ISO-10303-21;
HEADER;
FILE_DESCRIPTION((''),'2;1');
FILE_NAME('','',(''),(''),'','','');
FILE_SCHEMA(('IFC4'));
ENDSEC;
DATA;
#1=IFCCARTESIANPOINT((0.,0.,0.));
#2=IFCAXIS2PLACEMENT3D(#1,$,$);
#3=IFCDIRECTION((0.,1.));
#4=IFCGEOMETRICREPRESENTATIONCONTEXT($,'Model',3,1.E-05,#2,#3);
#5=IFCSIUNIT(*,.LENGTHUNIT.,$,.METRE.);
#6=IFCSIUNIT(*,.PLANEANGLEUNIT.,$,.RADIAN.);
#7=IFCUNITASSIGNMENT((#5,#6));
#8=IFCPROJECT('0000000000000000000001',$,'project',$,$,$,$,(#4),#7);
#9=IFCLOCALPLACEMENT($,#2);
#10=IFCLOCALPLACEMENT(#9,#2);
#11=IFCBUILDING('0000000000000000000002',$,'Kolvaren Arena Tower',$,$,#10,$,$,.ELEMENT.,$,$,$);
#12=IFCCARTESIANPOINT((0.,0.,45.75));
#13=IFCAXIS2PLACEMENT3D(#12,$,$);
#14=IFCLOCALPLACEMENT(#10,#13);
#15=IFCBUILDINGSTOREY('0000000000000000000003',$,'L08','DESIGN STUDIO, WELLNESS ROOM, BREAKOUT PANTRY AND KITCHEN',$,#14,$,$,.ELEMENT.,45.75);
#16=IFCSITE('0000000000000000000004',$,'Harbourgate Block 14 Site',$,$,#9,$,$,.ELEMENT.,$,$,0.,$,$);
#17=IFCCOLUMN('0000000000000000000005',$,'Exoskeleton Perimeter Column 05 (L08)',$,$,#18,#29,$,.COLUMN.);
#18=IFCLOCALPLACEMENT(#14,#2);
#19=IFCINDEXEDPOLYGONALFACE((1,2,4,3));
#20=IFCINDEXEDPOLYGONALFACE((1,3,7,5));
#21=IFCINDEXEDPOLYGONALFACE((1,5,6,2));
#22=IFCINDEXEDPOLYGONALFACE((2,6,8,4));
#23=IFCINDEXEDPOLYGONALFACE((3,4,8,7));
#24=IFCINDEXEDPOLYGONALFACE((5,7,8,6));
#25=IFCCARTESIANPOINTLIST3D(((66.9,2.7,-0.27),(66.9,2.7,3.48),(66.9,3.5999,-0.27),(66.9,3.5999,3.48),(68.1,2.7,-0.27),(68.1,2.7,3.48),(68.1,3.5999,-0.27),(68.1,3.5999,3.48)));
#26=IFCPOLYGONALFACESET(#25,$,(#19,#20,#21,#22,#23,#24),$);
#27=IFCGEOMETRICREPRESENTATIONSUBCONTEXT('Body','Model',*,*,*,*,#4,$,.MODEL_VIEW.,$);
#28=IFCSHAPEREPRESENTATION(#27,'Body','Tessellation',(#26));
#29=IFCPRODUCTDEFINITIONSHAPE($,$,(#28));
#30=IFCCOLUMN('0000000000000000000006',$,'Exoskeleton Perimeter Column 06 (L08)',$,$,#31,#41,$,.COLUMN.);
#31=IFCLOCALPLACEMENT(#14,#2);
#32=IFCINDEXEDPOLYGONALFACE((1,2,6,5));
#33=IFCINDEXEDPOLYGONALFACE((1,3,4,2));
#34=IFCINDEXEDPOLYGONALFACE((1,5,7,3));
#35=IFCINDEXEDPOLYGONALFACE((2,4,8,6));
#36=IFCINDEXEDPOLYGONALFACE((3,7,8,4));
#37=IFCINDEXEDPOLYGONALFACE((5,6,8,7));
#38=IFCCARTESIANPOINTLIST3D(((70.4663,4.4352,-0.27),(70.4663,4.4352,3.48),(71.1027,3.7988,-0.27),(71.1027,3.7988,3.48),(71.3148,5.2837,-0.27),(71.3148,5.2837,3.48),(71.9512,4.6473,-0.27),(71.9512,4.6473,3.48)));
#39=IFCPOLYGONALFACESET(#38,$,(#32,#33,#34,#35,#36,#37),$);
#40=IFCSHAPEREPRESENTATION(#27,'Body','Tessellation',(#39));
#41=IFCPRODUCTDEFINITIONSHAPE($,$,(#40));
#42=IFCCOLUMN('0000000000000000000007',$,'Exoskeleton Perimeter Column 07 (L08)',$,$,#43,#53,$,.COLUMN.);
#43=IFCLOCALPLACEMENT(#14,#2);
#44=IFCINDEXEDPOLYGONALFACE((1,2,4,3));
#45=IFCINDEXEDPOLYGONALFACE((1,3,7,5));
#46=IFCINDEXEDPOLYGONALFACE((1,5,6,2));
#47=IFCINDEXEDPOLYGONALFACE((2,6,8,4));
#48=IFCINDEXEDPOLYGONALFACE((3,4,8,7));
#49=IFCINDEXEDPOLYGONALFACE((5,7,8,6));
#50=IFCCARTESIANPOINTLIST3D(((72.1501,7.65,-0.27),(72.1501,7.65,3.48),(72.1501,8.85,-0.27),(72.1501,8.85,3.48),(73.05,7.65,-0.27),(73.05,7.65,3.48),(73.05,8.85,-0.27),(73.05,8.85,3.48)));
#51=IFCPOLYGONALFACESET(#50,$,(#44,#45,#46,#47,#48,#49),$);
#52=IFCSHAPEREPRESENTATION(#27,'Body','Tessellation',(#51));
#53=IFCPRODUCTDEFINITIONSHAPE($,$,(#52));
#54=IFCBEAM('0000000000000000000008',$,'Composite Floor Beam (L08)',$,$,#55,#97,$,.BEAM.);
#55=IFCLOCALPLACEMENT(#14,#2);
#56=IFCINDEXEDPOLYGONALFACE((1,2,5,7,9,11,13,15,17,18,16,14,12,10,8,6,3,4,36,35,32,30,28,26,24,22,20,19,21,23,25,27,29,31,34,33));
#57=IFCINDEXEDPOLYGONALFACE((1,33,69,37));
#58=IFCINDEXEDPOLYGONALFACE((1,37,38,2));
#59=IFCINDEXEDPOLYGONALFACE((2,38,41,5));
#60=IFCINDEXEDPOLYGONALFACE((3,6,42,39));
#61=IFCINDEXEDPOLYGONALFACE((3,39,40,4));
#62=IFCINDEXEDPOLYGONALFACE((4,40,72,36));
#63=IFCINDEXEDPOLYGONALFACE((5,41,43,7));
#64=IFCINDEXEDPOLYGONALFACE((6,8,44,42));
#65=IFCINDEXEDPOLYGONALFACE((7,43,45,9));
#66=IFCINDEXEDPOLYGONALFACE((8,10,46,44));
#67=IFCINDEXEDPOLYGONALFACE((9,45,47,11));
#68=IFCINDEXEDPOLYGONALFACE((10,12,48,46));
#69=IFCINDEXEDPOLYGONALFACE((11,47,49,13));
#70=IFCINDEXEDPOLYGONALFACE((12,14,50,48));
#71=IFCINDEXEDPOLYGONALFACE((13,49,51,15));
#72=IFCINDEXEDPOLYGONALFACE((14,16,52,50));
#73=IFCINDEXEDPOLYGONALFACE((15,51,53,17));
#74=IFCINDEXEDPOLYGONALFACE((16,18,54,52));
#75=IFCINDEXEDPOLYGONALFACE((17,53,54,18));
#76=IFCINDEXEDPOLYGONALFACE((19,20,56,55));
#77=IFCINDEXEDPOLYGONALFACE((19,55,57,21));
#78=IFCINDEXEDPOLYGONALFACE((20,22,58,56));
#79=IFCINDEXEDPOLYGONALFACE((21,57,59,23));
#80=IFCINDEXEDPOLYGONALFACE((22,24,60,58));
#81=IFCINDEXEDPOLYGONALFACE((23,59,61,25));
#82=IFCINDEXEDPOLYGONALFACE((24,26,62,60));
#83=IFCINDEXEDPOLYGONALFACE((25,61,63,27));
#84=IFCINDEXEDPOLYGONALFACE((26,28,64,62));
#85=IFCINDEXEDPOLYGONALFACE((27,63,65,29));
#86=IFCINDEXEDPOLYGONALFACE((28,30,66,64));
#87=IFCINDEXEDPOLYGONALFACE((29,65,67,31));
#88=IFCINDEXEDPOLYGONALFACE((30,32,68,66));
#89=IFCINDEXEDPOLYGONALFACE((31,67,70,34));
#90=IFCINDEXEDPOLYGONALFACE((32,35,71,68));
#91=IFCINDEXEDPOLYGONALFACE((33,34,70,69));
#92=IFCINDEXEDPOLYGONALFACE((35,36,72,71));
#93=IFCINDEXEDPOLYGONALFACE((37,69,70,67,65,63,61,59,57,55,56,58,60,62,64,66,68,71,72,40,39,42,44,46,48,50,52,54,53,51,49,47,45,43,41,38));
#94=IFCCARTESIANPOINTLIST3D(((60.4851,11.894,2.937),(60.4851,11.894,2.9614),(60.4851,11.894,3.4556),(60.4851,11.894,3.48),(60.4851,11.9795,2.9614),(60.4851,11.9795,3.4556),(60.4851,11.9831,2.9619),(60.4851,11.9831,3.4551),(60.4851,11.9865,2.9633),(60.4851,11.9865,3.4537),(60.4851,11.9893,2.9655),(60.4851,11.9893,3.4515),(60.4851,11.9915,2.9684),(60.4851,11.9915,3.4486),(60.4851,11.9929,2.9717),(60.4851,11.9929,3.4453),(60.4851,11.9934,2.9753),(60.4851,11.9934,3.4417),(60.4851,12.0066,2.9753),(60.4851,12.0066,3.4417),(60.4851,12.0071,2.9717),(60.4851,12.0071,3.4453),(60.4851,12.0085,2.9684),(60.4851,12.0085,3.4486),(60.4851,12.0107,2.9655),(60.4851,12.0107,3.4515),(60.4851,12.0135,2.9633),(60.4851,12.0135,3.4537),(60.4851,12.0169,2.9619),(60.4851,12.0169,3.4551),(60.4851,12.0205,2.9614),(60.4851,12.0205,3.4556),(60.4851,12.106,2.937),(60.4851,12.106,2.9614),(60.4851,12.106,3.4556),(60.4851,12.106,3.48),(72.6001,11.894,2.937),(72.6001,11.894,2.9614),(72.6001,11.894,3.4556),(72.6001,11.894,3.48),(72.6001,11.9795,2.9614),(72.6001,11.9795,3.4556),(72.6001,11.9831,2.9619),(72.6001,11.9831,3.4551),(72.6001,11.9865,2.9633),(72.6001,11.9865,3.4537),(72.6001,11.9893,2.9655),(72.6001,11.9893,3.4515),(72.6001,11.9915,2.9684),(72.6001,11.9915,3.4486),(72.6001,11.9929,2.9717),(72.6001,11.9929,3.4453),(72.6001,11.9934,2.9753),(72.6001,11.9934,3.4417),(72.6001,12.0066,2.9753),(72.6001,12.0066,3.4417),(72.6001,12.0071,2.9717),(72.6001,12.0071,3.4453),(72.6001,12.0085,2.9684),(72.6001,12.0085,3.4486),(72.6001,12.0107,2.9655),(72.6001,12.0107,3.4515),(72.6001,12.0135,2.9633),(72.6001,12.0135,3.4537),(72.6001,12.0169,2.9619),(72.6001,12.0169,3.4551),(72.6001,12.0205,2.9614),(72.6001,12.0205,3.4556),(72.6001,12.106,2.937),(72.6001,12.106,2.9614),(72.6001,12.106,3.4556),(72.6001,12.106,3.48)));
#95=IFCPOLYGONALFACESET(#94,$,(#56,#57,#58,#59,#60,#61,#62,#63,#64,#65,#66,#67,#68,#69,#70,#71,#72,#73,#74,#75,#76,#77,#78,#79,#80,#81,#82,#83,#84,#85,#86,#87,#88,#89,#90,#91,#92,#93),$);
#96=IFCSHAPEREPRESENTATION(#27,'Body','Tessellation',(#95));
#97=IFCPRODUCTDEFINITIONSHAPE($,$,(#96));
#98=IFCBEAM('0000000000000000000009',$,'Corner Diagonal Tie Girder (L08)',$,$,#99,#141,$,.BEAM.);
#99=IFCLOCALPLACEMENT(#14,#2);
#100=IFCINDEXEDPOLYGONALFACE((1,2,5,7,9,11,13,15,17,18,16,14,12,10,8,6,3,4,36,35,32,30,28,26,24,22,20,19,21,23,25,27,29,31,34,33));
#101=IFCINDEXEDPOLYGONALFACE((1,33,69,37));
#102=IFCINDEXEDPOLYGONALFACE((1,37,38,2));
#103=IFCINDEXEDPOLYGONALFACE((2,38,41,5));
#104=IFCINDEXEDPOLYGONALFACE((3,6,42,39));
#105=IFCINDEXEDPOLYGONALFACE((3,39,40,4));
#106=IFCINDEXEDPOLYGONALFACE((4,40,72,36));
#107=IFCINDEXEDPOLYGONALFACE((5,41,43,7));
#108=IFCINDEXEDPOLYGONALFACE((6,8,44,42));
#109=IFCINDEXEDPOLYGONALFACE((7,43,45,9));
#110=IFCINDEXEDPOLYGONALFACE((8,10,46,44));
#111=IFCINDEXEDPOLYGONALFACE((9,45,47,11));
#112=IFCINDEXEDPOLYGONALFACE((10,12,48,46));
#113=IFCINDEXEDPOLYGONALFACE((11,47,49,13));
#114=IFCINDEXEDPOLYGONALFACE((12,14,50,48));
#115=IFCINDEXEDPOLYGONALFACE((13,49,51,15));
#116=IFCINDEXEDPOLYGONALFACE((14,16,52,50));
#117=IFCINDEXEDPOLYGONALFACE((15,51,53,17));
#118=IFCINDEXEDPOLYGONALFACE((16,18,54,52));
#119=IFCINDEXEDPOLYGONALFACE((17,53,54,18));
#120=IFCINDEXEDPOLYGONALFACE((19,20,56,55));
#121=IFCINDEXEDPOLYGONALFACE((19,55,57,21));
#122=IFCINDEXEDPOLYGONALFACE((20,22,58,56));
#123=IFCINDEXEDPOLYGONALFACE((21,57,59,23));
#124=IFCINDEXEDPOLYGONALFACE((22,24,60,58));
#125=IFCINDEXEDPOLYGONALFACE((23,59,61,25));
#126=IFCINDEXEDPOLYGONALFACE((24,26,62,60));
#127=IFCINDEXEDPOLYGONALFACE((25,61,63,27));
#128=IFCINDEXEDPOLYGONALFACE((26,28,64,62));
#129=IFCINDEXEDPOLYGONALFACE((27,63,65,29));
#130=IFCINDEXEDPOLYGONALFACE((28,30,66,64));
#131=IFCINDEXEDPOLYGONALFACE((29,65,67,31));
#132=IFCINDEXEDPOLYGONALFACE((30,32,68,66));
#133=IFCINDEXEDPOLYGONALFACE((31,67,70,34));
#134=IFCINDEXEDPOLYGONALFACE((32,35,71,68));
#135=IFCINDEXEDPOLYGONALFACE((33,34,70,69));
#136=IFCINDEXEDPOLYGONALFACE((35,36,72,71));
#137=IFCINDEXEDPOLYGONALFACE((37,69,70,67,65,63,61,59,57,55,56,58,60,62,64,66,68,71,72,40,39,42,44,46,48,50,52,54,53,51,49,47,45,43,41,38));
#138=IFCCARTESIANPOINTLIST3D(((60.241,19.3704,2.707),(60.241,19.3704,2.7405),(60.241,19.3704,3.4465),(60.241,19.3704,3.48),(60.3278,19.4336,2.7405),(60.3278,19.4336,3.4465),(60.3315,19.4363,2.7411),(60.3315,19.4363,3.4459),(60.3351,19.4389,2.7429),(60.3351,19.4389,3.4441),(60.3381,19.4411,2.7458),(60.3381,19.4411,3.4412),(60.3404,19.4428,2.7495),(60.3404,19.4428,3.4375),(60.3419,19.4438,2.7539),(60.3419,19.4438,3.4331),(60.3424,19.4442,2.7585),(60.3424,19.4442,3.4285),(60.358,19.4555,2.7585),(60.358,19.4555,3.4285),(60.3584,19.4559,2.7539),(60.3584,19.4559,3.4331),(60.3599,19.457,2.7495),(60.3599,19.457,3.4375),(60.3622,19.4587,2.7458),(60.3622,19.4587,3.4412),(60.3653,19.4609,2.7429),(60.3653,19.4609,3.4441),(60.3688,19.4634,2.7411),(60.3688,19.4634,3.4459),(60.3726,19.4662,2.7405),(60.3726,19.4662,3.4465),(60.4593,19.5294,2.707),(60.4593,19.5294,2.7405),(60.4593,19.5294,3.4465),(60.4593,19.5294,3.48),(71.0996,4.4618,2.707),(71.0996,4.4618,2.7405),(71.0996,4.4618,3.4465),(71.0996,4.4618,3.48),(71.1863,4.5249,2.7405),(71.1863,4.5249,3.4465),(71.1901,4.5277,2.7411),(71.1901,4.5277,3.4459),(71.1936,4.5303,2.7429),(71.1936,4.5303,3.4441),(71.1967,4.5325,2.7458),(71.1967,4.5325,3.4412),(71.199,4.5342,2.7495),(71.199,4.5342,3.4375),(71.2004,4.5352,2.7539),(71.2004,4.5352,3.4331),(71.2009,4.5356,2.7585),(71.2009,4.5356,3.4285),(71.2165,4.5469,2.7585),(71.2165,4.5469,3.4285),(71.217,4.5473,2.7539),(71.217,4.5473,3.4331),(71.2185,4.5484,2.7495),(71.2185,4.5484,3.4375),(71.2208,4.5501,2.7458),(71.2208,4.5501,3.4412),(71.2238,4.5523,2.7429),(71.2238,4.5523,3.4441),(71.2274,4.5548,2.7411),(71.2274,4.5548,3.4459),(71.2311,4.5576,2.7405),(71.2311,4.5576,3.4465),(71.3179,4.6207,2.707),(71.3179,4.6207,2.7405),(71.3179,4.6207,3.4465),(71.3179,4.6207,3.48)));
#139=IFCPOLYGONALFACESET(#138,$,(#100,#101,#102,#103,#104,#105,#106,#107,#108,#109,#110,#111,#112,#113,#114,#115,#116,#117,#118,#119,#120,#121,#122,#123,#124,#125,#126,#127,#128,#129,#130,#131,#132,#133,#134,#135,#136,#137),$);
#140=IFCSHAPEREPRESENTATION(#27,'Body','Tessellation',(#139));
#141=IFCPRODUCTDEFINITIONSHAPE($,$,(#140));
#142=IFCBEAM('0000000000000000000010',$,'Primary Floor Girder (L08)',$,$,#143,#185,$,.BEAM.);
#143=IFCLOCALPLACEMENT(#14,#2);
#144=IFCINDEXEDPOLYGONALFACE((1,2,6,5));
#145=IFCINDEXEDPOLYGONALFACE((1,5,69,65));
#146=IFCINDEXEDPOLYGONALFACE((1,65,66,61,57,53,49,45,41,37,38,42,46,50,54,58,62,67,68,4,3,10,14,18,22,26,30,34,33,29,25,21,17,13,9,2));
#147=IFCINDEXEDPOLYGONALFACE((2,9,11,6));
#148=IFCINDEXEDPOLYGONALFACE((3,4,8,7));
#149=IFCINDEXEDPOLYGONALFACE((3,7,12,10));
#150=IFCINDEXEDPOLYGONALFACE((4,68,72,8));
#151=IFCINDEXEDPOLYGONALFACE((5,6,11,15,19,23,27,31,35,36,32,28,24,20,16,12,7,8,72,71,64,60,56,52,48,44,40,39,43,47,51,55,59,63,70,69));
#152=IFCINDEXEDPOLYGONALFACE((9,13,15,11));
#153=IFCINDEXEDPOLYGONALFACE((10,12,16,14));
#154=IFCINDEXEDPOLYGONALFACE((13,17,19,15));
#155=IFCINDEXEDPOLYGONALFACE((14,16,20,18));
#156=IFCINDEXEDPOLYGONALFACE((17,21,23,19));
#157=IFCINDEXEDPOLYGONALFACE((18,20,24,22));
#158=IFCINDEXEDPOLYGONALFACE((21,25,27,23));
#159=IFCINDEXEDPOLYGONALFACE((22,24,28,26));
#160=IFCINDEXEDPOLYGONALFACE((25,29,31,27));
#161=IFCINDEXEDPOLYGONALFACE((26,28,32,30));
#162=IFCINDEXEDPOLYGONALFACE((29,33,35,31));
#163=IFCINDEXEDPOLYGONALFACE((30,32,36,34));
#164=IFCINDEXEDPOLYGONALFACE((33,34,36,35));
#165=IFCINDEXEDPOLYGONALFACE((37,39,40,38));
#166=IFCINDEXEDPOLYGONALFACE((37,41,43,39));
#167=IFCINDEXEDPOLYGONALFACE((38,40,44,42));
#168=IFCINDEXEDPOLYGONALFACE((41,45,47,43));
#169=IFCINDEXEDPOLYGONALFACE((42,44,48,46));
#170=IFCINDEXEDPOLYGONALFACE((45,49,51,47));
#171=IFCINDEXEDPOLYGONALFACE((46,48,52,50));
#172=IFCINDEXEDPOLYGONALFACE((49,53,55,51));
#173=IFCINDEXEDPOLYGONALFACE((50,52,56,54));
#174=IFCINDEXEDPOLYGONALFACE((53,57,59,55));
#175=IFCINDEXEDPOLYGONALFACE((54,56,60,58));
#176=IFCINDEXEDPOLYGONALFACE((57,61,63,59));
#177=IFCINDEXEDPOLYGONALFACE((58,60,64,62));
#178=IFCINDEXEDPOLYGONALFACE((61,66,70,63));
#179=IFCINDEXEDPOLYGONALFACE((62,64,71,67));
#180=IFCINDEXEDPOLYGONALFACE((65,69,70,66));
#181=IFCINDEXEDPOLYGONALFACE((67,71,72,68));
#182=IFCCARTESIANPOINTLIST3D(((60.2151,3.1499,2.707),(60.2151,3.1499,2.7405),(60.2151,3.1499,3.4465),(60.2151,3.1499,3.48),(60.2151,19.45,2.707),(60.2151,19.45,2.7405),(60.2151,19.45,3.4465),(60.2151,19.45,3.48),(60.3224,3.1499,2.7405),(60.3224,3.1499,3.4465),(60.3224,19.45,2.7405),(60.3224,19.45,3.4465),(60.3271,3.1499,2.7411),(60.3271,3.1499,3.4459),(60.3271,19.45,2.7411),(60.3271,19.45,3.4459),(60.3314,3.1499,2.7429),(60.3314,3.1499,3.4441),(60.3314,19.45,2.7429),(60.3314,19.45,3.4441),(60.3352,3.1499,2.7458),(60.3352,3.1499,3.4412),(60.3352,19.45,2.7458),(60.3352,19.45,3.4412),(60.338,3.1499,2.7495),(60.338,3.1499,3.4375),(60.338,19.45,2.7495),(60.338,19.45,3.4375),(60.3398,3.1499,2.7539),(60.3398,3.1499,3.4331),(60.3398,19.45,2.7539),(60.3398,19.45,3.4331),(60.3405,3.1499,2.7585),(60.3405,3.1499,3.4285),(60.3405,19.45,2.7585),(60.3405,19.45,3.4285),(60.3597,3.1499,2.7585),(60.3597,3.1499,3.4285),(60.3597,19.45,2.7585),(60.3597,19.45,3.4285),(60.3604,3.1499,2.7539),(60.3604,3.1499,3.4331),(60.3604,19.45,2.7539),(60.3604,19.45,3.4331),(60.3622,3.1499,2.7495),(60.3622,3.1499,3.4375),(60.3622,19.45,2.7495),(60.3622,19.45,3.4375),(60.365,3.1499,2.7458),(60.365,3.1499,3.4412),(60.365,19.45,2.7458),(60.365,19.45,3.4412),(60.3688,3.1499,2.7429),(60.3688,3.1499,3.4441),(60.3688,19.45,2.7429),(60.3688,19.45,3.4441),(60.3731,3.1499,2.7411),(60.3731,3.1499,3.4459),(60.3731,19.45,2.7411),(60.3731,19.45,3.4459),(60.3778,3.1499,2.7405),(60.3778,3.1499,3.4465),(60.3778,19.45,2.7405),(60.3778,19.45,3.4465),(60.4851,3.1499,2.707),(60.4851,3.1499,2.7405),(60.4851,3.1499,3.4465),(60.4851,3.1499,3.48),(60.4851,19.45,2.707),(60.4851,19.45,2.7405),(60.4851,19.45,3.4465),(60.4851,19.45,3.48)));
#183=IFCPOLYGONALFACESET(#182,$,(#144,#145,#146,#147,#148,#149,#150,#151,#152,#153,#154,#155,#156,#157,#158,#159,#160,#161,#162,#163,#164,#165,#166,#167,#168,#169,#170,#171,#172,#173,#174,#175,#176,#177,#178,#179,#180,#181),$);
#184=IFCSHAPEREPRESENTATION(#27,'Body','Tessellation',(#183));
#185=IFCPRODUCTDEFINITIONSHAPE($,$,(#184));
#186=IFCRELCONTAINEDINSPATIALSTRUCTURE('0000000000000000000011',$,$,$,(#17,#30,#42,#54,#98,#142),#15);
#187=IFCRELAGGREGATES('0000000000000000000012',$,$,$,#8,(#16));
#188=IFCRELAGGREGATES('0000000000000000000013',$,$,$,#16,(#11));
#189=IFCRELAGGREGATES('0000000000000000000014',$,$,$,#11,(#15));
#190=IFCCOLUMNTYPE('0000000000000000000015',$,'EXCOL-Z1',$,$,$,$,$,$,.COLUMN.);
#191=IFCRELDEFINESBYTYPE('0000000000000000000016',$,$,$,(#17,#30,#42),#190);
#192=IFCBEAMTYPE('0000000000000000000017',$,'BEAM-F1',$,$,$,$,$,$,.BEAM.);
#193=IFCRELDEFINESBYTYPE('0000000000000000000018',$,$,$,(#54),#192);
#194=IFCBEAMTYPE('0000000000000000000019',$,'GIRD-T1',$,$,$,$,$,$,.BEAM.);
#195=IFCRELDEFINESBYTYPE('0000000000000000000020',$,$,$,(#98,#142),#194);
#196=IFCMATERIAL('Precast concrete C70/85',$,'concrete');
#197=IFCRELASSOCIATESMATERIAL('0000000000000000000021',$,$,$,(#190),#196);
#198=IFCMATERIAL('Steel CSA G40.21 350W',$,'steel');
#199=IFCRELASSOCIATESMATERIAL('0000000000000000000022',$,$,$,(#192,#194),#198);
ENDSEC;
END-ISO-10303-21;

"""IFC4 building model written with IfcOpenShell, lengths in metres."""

from ifc_helpers import new_model, si_unit, direction, frame, origin, origin_2d, place, context, subcontext, project, spatial, rectangle, i_section, extrude, material, material_profile, profile_set, type_object, element, save


model = new_model("IFC4")

# Units and contexts
model_context = context("Model", 3, precision=1e-05, world=origin(), true_north=direction((0.0, 1.0)))
body_context = subcontext(model_context, "Body", "Model", "MODEL_VIEW")
ifc_project = project(units=[si_unit("LENGTHUNIT", "METRE"), si_unit("PLANEANGLEUNIT", "RADIAN")], contexts=[model_context])

# Site, building, storey
site_placement = place(None, origin())
site = spatial("IfcSite", under=ifc_project, at=site_placement, Name="Harbourgate Block 14 Site", CompositionType="ELEMENT", RefElevation=0.0)
building_placement = place(site_placement, origin())
building = spatial("IfcBuilding", under=site, at=building_placement, Name="Kolvaren Arena Tower", CompositionType="ELEMENT")
storey_placement = place(building_placement, frame((0.0, 0.0, 45.75)))
storey = spatial("IfcBuildingStorey", under=building, at=storey_placement, Name="L08", Description="DESIGN STUDIO, WELLNESS ROOM, BREAKOUT PANTRY AND KITCHEN", CompositionType="ELEMENT", Elevation=45.75)

# Columns
ifc_material_1 = material(Name="Precast concrete C70/85", Category="concrete")
ifc_material_profile_1 = material_profile(ifc_material_1, rectangle(XDim=1.2, YDim=0.8999, at=origin_2d()), Name="RC-1200x900")
ifc_profile_set_1 = profile_set([ifc_material_profile_1], Name="Precast concrete C70/85")
column_type = type_object("IfcColumnType", Name="EXCOL-Z1", PredefinedType="COLUMN", material=ifc_profile_set_1)
for number, where, z_axis, x_axis, name in (
    (1, (67.5, 3.1499, -0.27), (0.0, 0.0, 1.0), (1.0, 0.0, 0.0), "Exoskeleton Perimeter Column 05 (L08)"),
    (2, (71.2087, 4.5413, -0.27), (0.0, 0.0, 1.0), (0.707107, 0.707107, 0.0), "Exoskeleton Perimeter Column 06 (L08)"),
    (3, (72.6001, 8.25, -0.27), (0.0, 0.0, 1.0), (0.0, 1.0, 0.0), "Exoskeleton Perimeter Column 07 (L08)"),
):
    element("IfcColumn", number, at=place(storey_placement, frame(where, z_axis=z_axis, x_axis=x_axis)), inside=storey, type_object=column_type, Name=name, PredefinedType="COLUMN", context=body_context, shape_type="SweptSolid", body=[
        extrude(rectangle(XDim=1.2, YDim=0.8999, at=origin_2d()), origin(), (0.0, 0.0, 1.0), 3.75),
    ])

# Beams
ifc_material_2 = material(Name="Steel CSA G40.21 350W", Category="steel")
ifc_material_profile_2 = material_profile(ifc_material_2, i_section(OverallWidth=0.2119, OverallDepth=0.543, WebThickness=0.0132, FlangeThickness=0.0244, FilletRadius=0.0139, at=origin_2d()), Name="W530x150")
ifc_profile_set_2 = profile_set([ifc_material_profile_2], Name="Steel CSA G40.21 350W")
beam_type_1 = type_object("IfcBeamType", Name="BEAM-F1", PredefinedType="BEAM", material=ifc_profile_set_2)
beam_1_placement = place(storey_placement, frame((60.4851, 12.0, 3.2085), z_axis=(1.0, 0.0, 0.0), x_axis=(0.0, 1.0, 0.0)))
element("IfcBeam", 4, at=beam_1_placement, inside=storey, type_object=beam_type_1, Name="Composite Floor Beam (L08)", PredefinedType="BEAM", context=body_context, shape_type="SweptSolid", body=[
    extrude(i_section(OverallWidth=0.2119, OverallDepth=0.543, WebThickness=0.0132, FlangeThickness=0.0244, FilletRadius=0.0139, at=origin_2d()), origin(), (0.0, 0.0, 1.0), 12.115),
])
ifc_material_profile_3 = material_profile(ifc_material_2, i_section(OverallWidth=0.27, OverallDepth=0.7729, WebThickness=0.0193, FlangeThickness=0.0334, FilletRadius=0.0181, at=origin_2d()), Name="W760x257")
ifc_profile_set_3 = profile_set([ifc_material_profile_3], Name="Steel CSA G40.21 350W")
beam_type_2 = type_object("IfcBeamType", Name="GIRD-T1", PredefinedType="BEAM", material=ifc_profile_set_3)
beam_2_placement = place(storey_placement, frame((71.2087, 4.5413, 3.0935), z_axis=(-0.588737, 0.808324, 0.0), x_axis=(-0.808324, -0.588737, 0.0)))
element("IfcBeam", 5, at=beam_2_placement, inside=storey, type_object=beam_type_2, Name="Corner Diagonal Tie Girder (L08)", PredefinedType="BEAM", context=body_context, shape_type="SweptSolid", body=[
    extrude(i_section(OverallWidth=0.27, OverallDepth=0.7729, WebThickness=0.0193, FlangeThickness=0.0334, FilletRadius=0.0181, at=origin_2d()), origin(), (0.0, 0.0, 1.0), 18.4438),
])
beam_3_placement = place(storey_placement, frame((60.3501, 3.1499, 3.0935), z_axis=(0.0, 1.0, 0.0), x_axis=(-1.0, 0.0, 0.0)))
element("IfcBeam", 6, at=beam_3_placement, inside=storey, type_object=beam_type_2, Name="Primary Floor Girder (L08)", PredefinedType="BEAM", context=body_context, shape_type="SweptSolid", body=[
    extrude(i_section(OverallWidth=0.27, OverallDepth=0.7729, WebThickness=0.0193, FlangeThickness=0.0334, FilletRadius=0.0181, at=origin_2d()), origin(), (0.0, 0.0, 1.0), 16.3),
])

save(model, "model.ifc")
